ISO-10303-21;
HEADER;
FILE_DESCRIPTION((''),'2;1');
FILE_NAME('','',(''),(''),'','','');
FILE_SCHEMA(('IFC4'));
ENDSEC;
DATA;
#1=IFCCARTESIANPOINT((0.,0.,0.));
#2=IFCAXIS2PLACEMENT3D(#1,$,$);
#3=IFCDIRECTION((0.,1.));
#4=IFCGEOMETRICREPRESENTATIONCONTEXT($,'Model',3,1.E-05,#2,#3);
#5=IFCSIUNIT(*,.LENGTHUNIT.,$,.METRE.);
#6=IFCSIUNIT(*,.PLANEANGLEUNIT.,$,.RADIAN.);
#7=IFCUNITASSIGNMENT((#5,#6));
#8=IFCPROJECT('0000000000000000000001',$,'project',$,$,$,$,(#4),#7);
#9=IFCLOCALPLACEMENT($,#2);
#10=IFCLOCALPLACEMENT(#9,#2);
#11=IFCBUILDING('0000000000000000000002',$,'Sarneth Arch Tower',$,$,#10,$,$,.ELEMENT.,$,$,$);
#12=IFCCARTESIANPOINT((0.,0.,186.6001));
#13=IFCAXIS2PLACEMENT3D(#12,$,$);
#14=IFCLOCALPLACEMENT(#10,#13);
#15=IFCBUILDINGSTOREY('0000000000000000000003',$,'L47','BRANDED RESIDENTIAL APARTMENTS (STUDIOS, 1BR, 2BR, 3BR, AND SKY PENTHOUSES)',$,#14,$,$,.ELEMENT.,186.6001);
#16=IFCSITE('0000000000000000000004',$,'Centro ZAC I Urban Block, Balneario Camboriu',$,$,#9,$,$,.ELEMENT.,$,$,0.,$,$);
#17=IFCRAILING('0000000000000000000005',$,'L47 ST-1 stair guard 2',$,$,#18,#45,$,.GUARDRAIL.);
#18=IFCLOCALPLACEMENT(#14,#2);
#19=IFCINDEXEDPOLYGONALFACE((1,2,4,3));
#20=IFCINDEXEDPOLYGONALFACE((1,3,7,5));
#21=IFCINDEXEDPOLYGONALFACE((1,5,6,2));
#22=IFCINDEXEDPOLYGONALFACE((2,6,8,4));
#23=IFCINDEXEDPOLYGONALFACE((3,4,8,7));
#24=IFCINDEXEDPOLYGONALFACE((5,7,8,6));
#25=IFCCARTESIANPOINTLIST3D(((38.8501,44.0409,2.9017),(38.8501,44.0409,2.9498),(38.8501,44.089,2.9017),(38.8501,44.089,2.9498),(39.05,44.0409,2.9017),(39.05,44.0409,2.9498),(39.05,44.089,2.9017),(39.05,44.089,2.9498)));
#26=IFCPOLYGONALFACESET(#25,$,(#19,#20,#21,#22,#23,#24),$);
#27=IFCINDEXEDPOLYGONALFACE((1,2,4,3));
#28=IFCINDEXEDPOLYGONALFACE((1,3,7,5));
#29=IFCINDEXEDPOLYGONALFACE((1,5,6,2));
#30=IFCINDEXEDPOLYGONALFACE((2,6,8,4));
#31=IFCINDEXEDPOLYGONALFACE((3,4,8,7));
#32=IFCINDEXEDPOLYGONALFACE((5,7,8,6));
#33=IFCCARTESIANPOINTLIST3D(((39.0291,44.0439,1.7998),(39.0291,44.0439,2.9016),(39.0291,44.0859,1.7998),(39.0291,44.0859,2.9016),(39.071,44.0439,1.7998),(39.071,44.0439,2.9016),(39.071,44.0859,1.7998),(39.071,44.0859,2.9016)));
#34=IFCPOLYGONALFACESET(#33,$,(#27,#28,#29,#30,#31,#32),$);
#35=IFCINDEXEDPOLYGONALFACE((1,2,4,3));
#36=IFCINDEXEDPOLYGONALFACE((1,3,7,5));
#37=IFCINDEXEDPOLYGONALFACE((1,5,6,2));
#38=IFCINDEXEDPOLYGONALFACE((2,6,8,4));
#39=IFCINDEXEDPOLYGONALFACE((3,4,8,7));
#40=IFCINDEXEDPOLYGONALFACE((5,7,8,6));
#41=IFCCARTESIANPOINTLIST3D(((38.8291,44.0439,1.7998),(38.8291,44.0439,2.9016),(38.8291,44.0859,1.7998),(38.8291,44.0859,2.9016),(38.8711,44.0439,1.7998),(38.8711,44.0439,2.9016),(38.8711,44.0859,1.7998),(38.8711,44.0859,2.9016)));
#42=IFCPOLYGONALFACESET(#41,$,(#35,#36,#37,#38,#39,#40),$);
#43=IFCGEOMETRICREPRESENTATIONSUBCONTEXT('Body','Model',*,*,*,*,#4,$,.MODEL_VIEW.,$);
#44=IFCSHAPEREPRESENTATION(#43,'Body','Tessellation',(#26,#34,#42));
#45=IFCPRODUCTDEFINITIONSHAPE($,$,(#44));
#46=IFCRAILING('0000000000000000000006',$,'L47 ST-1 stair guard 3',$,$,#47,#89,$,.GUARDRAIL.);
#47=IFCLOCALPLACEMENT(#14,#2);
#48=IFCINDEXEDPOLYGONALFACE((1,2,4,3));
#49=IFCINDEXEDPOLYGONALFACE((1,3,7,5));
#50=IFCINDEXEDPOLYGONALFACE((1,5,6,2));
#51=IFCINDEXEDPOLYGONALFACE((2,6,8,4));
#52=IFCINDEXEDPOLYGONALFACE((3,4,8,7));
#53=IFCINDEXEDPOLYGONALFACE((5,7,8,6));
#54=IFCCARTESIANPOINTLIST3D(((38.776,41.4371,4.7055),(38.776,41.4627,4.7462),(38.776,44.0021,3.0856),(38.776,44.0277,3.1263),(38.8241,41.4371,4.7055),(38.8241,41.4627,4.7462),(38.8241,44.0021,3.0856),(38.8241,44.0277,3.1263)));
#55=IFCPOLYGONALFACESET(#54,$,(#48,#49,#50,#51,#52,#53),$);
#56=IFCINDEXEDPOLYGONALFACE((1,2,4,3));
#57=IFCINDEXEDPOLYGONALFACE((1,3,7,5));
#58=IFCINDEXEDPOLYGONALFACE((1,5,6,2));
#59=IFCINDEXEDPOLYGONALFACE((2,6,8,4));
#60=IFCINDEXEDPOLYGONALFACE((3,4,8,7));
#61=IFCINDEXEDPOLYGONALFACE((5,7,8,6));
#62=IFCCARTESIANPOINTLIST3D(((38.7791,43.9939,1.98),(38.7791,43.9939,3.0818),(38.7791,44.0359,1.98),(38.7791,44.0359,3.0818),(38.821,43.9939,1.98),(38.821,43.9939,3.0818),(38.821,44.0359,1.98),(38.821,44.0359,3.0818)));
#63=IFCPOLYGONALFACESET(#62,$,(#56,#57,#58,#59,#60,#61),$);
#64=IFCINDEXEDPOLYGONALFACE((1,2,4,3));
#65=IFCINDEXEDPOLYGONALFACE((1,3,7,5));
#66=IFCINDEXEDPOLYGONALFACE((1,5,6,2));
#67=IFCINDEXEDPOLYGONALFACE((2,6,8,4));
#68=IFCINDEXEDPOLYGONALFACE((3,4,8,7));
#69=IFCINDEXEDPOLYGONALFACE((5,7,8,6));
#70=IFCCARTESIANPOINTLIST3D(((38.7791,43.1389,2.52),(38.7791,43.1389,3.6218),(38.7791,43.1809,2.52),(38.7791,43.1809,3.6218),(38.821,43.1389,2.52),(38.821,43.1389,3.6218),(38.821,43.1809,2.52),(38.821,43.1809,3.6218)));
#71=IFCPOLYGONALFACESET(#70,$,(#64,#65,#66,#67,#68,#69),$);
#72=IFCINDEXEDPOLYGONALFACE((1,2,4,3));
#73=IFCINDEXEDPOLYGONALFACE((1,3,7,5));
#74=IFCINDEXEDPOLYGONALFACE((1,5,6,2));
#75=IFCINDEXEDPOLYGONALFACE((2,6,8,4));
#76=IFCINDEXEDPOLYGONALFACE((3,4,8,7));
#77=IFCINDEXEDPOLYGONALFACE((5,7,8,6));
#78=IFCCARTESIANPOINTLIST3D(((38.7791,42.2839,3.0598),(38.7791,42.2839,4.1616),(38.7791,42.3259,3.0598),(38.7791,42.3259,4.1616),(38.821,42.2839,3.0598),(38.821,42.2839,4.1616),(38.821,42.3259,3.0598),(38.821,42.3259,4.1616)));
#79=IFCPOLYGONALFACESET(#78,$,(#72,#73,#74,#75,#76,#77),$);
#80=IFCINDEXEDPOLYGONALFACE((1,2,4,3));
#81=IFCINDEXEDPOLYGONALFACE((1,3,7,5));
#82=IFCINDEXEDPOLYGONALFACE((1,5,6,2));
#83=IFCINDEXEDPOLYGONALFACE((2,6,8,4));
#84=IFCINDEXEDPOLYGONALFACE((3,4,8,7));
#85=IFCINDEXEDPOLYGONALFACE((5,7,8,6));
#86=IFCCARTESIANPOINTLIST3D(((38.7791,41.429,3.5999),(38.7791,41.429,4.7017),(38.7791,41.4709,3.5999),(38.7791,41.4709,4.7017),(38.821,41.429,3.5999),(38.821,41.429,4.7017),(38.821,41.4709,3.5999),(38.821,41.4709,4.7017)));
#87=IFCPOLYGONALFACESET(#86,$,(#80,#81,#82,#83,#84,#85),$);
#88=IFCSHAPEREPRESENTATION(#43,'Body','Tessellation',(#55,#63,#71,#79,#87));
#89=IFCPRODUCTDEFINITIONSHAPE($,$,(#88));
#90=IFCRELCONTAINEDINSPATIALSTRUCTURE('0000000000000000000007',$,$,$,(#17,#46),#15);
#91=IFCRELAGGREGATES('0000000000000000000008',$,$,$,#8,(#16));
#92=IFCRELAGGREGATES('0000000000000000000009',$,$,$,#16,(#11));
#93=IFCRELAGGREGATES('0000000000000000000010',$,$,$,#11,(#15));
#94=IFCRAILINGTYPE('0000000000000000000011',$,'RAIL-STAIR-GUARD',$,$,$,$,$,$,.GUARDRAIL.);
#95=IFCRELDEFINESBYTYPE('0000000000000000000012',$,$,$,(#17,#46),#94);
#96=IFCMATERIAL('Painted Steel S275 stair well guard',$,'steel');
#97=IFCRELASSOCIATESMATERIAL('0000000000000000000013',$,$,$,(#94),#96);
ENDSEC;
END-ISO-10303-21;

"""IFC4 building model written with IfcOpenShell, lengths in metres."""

from ifc_helpers import new_model, si_unit, direction, frame, origin, origin_2d, place, context, subcontext, project, spatial, rectangle, extrude, material, type_object, element, save


model = new_model("IFC4")

# Units and contexts
model_context = context("Model", 3, precision=1e-05, world=origin(), true_north=direction((0.0, 1.0)))
body_context = subcontext(model_context, "Body", "Model", "MODEL_VIEW")
ifc_project = project(units=[si_unit("LENGTHUNIT", "METRE"), si_unit("PLANEANGLEUNIT", "RADIAN")], contexts=[model_context])

# Site, building, storey
site_placement = place(None, origin())
site = spatial("IfcSite", under=ifc_project, at=site_placement, Name="Centro ZAC I Urban Block, Balneario Camboriu", CompositionType="ELEMENT", RefElevation=0.0)
building_placement = place(site_placement, origin())
building = spatial("IfcBuilding", under=site, at=building_placement, Name="Sarneth Arch Tower", CompositionType="ELEMENT")
storey_placement = place(building_placement, frame((0.0, 0.0, 186.6001)))
storey = spatial("IfcBuildingStorey", under=building, at=storey_placement, Name="L47", Description="BRANDED RESIDENTIAL APARTMENTS (STUDIOS, 1BR, 2BR, 3BR, AND SKY PENTHOUSES)", CompositionType="ELEMENT", Elevation=186.6001)

# Railings
ifc_material_1 = material(Name="Painted Steel S275 stair well guard", Category="steel")
railing_type_1 = type_object("IfcRailingType", Name="RAIL-STAIR-GUARD", PredefinedType="GUARDRAIL", material=ifc_material_1)
railing_1_placement = place(storey_placement, frame((39.05, 44.0649, 1.7998)))
element("IfcRailing", 1, at=railing_1_placement, inside=storey, type_object=railing_type_1, Name="L47 ST-1 stair guard 2", PredefinedType="GUARDRAIL", context=body_context, shape_type="SweptSolid", body=[
    extrude(rectangle(XDim=0.0481, YDim=0.0481, at=origin_2d()), frame((0.0, 0.0, 1.126), z_axis=(-1.0, 0.0, 0.0), x_axis=(0.0, -1.0, 0.0)), (0.0, 0.0, 1.0), 0.2),
    extrude(rectangle(XDim=0.042, YDim=0.042, at=origin_2d()), origin(), (0.0, 0.0, 1.0), 1.1018),
    extrude(rectangle(XDim=0.042, YDim=0.042, at=origin_2d()), frame((-0.2, 0.0, 0.0)), (0.0, 0.0, 1.0), 1.1018),
])
railing_2_placement = place(storey_placement, frame((38.8, 44.0149, 1.98)))
element("IfcRailing", 2, at=railing_2_placement, inside=storey, type_object=railing_type_1, Name="L47 ST-1 stair guard 3", PredefinedType="GUARDRAIL", context=body_context, shape_type="SweptSolid", body=[
    extrude(rectangle(XDim=0.0481, YDim=0.0481, at=origin_2d()), frame((0.0, 0.0, 1.126), z_axis=(0.0, -0.845502, 0.533972), x_axis=(1.0, 0.0, 0.0)), (0.0, 0.0, 1.0), 3.0337),
    extrude(rectangle(XDim=0.042, YDim=0.042, at=origin_2d()), origin(), (0.0, 0.0, 1.0), 1.1018),
    extrude(rectangle(XDim=0.042, YDim=0.042, at=origin_2d()), frame((0.0, -0.855, 0.54)), (0.0, 0.0, 1.0), 1.1018),
    extrude(rectangle(XDim=0.042, YDim=0.042, at=origin_2d()), frame((0.0, -1.71, 1.0798)), (0.0, 0.0, 1.0), 1.1018),
    extrude(rectangle(XDim=0.042, YDim=0.042, at=origin_2d()), frame((0.0, -2.5649, 1.6199)), (0.0, 0.0, 1.0), 1.1018),
])

save(model, "model.ifc")
